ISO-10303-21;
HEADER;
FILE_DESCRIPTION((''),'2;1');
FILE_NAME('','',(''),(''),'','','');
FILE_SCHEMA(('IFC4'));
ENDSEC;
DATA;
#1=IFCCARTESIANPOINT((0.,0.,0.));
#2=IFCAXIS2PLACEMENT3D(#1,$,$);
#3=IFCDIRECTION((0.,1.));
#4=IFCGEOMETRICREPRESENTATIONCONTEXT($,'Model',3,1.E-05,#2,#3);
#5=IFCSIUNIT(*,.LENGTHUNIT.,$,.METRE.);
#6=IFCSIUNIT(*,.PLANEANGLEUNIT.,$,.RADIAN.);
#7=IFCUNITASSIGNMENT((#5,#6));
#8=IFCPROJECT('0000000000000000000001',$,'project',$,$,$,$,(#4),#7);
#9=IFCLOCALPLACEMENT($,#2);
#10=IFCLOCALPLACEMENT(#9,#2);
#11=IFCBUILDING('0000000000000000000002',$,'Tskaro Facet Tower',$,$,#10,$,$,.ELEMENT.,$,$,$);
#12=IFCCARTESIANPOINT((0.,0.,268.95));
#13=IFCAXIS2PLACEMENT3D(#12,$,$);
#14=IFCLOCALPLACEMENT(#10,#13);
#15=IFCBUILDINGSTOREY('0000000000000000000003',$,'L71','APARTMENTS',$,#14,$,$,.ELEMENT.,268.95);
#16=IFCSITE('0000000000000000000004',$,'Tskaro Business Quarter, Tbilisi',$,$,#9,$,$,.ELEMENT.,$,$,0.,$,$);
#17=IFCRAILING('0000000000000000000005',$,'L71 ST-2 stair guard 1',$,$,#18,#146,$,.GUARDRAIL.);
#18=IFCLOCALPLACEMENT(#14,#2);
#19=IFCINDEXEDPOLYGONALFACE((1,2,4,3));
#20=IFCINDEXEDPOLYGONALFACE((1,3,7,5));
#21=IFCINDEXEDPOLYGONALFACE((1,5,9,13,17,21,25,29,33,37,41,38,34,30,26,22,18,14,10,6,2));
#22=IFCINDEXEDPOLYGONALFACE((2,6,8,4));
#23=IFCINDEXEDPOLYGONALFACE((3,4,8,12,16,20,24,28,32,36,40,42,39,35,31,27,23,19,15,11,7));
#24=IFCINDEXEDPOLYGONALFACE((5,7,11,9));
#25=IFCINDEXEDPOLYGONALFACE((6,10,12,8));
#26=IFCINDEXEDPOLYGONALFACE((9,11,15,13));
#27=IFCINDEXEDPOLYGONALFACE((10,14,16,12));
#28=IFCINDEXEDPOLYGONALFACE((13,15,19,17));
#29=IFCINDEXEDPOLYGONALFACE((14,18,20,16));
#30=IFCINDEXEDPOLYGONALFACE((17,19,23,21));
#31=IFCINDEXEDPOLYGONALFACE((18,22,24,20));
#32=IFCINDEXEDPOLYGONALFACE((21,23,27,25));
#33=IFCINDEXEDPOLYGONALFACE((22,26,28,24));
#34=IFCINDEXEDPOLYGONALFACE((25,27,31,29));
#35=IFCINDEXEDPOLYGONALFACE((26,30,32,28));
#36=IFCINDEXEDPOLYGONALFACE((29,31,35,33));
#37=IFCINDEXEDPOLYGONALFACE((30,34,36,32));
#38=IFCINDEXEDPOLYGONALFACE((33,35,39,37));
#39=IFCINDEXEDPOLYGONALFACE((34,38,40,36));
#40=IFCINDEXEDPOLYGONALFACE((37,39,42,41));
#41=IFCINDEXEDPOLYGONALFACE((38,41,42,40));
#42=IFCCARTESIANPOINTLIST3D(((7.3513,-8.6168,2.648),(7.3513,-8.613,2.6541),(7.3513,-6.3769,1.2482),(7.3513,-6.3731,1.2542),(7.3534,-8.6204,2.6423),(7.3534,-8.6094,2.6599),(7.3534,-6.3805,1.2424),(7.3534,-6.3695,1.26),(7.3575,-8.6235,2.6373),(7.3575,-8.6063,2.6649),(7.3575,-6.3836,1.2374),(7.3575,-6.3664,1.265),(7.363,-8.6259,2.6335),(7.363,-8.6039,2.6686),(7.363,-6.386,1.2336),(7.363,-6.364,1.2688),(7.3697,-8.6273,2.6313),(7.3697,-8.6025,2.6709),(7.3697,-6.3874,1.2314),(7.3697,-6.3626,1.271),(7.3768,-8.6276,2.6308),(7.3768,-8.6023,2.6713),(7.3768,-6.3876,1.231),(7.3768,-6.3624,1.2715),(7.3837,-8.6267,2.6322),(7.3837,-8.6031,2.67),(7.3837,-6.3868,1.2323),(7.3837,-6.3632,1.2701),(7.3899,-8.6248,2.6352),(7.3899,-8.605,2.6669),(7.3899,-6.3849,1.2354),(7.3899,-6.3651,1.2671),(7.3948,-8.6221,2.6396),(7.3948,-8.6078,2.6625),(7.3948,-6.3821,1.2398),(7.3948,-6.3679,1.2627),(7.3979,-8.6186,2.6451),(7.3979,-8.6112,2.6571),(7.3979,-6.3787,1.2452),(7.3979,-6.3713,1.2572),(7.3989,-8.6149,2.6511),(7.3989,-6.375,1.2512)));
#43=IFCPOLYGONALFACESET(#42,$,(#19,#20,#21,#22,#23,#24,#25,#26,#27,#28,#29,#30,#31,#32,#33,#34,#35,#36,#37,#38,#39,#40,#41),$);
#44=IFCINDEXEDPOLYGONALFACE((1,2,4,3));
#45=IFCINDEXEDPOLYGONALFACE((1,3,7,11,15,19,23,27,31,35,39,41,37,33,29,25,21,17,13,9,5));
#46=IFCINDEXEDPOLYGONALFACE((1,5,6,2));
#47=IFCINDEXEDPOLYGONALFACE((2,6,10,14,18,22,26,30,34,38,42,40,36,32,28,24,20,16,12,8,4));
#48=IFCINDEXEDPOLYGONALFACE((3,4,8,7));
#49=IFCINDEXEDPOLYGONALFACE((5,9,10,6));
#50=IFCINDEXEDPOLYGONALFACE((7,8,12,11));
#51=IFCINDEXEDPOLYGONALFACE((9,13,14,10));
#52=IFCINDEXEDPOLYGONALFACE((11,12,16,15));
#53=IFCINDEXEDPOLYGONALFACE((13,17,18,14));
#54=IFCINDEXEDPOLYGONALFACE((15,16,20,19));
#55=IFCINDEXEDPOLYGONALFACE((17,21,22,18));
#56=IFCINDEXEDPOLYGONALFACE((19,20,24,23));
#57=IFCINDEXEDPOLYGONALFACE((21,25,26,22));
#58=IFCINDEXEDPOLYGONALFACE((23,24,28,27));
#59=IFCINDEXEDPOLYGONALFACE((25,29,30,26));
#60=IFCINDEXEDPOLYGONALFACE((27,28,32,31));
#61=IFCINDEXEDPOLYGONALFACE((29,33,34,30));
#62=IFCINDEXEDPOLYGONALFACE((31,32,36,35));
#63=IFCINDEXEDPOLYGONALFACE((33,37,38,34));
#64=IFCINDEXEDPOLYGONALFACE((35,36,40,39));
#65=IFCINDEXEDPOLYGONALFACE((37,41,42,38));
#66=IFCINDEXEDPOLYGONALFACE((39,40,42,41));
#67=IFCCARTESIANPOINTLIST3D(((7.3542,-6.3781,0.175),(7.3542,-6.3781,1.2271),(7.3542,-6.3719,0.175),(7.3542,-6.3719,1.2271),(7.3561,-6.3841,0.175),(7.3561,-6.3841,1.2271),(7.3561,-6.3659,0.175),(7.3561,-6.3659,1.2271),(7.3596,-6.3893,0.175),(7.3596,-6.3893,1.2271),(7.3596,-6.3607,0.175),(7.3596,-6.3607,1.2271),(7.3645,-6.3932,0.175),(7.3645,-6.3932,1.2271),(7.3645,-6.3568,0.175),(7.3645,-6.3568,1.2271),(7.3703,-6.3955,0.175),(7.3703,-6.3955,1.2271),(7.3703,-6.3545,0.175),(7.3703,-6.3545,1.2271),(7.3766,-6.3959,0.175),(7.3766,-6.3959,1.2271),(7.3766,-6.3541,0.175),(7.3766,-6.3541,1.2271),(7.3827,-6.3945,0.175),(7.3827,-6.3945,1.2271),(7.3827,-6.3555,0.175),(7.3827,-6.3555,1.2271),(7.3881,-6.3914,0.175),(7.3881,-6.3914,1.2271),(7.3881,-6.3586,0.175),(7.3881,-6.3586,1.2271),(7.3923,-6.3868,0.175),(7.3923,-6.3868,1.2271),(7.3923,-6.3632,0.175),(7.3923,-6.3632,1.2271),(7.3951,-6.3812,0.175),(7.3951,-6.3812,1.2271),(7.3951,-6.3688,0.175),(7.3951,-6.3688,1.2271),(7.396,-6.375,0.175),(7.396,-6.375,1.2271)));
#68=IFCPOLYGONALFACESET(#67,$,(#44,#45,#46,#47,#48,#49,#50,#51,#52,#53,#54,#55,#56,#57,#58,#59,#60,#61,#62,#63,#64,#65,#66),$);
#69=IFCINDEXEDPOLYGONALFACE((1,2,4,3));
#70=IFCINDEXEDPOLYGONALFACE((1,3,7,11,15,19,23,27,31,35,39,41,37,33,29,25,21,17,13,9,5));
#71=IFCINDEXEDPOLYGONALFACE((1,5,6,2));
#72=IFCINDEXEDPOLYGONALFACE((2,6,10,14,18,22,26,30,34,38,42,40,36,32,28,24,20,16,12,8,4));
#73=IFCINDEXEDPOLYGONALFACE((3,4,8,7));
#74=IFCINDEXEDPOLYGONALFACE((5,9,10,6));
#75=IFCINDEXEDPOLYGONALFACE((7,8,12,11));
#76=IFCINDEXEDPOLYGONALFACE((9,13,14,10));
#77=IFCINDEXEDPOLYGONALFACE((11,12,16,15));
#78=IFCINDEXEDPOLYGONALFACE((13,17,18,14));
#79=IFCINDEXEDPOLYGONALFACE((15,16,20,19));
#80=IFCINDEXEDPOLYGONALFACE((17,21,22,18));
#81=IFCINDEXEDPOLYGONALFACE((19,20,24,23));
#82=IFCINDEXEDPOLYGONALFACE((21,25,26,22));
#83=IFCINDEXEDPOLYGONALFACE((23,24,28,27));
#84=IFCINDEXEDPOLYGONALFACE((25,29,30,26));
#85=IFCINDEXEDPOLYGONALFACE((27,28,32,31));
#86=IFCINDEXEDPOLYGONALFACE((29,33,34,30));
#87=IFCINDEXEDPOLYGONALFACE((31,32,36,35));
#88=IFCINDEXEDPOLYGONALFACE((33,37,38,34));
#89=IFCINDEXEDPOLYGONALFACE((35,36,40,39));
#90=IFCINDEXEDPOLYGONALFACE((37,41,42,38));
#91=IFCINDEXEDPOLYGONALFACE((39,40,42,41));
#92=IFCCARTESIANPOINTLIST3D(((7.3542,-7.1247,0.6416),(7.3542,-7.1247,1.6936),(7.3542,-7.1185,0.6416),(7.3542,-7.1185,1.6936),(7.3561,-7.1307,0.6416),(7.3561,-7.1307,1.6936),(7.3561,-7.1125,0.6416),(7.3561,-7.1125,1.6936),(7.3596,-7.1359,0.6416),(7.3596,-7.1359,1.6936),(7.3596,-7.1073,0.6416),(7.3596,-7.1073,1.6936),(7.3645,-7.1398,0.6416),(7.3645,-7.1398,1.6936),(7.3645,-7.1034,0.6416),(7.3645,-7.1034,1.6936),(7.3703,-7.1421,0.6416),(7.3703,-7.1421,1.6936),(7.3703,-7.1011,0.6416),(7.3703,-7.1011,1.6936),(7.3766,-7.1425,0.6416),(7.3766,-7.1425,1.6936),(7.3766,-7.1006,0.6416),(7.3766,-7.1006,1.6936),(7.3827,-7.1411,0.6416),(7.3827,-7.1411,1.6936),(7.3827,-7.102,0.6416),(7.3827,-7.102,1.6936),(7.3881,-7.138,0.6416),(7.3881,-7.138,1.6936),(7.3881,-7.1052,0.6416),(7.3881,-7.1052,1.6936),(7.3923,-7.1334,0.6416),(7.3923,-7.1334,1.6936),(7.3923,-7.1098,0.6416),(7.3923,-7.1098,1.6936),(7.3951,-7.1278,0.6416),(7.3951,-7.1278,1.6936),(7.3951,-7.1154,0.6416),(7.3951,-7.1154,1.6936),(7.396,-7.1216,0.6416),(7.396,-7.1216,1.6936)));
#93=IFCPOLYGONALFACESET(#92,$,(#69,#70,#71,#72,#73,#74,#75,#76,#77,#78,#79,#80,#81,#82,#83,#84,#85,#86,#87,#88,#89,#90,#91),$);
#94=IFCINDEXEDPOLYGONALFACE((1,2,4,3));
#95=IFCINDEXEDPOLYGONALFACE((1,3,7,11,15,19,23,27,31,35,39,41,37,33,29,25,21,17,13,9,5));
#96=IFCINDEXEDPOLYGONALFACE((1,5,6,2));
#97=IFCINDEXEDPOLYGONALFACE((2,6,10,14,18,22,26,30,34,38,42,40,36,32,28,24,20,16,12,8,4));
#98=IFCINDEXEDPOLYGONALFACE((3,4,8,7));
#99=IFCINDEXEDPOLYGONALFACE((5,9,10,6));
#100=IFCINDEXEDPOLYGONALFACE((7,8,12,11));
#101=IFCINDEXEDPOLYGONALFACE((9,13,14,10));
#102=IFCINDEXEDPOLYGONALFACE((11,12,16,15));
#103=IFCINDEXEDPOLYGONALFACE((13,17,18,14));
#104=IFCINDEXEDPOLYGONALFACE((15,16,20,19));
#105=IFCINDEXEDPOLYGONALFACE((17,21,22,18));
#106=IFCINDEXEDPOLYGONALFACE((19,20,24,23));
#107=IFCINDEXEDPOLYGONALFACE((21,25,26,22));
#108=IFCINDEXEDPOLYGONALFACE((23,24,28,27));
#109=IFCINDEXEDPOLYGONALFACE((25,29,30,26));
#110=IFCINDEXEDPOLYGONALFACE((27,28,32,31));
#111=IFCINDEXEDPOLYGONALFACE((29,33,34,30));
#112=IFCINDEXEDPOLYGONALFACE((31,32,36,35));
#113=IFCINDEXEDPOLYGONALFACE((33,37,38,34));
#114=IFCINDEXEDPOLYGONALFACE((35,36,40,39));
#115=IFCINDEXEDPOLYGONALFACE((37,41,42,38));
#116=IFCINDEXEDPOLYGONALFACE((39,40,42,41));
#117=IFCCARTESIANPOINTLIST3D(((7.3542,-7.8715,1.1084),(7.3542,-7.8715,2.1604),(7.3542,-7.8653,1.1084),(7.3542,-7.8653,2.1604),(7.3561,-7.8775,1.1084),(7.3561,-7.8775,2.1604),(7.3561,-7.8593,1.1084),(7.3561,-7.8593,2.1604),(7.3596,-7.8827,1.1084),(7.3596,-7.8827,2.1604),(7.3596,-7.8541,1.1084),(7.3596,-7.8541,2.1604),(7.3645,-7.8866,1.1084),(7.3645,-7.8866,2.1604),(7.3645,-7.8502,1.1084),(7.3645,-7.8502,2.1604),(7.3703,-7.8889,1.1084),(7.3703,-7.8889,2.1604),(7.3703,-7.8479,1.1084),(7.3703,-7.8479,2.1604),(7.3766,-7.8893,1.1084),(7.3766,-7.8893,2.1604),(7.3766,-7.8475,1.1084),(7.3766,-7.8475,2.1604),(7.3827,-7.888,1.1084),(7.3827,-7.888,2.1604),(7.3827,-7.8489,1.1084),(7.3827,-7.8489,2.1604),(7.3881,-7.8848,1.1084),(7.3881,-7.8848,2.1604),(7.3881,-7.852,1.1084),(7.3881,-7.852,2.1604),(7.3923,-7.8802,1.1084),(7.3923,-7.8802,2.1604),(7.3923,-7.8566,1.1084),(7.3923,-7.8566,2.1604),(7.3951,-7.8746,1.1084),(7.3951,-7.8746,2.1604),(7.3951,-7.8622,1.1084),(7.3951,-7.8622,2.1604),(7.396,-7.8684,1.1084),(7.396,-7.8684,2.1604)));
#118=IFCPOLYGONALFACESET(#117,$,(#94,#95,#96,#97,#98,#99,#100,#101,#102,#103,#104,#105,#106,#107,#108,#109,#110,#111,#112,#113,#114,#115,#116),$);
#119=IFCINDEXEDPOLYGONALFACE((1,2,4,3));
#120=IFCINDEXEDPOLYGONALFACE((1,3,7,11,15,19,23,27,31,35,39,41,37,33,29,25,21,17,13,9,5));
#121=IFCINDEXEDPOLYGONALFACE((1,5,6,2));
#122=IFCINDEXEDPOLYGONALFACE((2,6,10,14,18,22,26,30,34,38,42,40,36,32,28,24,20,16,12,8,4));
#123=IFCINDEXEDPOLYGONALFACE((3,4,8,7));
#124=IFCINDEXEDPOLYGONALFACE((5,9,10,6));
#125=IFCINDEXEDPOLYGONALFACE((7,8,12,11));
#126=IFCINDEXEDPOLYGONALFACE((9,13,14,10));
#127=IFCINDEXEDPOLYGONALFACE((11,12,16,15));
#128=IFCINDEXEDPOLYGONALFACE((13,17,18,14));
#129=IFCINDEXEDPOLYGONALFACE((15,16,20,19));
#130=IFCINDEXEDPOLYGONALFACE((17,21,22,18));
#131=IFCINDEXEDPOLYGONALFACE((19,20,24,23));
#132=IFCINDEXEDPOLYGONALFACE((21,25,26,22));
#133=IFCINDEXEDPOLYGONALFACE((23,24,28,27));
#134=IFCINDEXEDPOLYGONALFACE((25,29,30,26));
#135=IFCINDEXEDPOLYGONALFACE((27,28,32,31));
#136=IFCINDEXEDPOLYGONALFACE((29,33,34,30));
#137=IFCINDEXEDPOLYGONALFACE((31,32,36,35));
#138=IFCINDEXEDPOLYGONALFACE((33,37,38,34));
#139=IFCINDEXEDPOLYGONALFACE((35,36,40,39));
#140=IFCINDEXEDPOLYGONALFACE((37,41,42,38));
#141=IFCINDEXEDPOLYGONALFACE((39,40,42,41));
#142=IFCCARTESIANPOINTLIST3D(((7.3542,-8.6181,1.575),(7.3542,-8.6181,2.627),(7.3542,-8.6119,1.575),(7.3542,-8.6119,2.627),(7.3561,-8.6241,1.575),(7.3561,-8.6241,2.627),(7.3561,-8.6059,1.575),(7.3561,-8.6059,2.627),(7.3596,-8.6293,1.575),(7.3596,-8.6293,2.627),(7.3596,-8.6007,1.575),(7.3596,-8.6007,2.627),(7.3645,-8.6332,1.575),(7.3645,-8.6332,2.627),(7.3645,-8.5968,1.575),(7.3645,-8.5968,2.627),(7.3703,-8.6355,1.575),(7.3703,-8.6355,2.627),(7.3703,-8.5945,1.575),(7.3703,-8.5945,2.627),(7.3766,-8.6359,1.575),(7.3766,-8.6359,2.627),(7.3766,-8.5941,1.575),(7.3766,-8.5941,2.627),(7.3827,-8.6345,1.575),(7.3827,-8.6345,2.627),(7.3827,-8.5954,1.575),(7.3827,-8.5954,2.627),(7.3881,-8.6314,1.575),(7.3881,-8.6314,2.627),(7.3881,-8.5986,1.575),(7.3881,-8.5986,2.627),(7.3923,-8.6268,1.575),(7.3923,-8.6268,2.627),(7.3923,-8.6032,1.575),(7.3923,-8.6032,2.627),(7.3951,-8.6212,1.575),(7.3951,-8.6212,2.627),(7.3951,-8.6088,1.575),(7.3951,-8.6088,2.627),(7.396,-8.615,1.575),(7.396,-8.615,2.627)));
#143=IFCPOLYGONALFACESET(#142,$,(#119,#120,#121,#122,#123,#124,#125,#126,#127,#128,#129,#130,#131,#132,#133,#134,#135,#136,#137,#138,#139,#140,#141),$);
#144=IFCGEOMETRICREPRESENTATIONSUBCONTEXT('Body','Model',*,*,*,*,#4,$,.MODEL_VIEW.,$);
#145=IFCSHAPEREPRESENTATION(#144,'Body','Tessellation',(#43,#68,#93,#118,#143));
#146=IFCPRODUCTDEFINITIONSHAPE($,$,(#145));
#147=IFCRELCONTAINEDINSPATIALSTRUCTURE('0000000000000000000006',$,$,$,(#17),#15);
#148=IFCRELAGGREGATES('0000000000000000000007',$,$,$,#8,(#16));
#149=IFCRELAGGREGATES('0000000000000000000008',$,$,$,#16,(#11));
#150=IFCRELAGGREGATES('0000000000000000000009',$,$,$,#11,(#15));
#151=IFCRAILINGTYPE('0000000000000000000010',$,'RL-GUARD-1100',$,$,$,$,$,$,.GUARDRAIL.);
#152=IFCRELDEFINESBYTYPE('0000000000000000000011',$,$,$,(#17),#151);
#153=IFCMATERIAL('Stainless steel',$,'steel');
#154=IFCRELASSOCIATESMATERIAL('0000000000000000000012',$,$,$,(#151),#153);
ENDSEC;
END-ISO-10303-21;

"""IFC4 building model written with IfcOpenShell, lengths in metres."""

from ifc_helpers import new_model, si_unit, direction, frame, origin, origin_2d, place, context, subcontext, project, spatial, circle, extrude, material, type_object, element, save


model = new_model("IFC4")

# Units and contexts
model_context = context("Model", 3, precision=1e-05, world=origin(), true_north=direction((0.0, 1.0)))
body_context = subcontext(model_context, "Body", "Model", "MODEL_VIEW")
ifc_project = project(units=[si_unit("LENGTHUNIT", "METRE"), si_unit("PLANEANGLEUNIT", "RADIAN")], contexts=[model_context])

# Site, building, storey
site_placement = place(None, origin())
site = spatial("IfcSite", under=ifc_project, at=site_placement, Name="Tskaro Business Quarter, Tbilisi", CompositionType="ELEMENT", RefElevation=0.0)
building_placement = place(site_placement, origin())
building = spatial("IfcBuilding", under=site, at=building_placement, Name="Tskaro Facet Tower", CompositionType="ELEMENT")
storey_placement = place(building_placement, frame((0.0, 0.0, 268.95)))
storey = spatial("IfcBuildingStorey", under=building, at=storey_placement, Name="L71", Description="APARTMENTS", CompositionType="ELEMENT", Elevation=268.95)

# Railing
ifc_material_1 = material(Name="Stainless steel", Category="steel")
railing_type_1 = type_object("IfcRailingType", Name="RL-GUARD-1100", PredefinedType="GUARDRAIL", material=ifc_material_1)
railing_1_placement = place(storey_placement, frame((7.375, -6.375, 0.175)))
element("IfcRailing", 1, at=railing_1_placement, inside=storey, type_object=railing_type_1, Name="L71 ST-2 stair guard 1", PredefinedType="GUARDRAIL", context=body_context, shape_type="SweptSolid", body=[
    extrude(circle(Radius=0.0239, at=origin_2d()), frame((0.0, 0.0, 1.0762), z_axis=(0.0, -0.848014, 0.529974), x_axis=(1.0, 0.0, 0.0)), (0.0, 0.0, 1.0), 2.6414),
    extrude(circle(Radius=0.021, at=origin_2d()), origin(), (0.0, 0.0, 1.0), 1.052),
    extrude(circle(Radius=0.021, at=origin_2d()), frame((0.0, -0.7466, 0.4666)), (0.0, 0.0, 1.0), 1.052),
    extrude(circle(Radius=0.021, at=origin_2d()), frame((0.0, -1.4934, 0.9333)), (0.0, 0.0, 1.0), 1.052),
    extrude(circle(Radius=0.021, at=origin_2d()), frame((0.0, -2.24, 1.3999)), (0.0, 0.0, 1.0), 1.052),
])

save(model, "model.ifc")
